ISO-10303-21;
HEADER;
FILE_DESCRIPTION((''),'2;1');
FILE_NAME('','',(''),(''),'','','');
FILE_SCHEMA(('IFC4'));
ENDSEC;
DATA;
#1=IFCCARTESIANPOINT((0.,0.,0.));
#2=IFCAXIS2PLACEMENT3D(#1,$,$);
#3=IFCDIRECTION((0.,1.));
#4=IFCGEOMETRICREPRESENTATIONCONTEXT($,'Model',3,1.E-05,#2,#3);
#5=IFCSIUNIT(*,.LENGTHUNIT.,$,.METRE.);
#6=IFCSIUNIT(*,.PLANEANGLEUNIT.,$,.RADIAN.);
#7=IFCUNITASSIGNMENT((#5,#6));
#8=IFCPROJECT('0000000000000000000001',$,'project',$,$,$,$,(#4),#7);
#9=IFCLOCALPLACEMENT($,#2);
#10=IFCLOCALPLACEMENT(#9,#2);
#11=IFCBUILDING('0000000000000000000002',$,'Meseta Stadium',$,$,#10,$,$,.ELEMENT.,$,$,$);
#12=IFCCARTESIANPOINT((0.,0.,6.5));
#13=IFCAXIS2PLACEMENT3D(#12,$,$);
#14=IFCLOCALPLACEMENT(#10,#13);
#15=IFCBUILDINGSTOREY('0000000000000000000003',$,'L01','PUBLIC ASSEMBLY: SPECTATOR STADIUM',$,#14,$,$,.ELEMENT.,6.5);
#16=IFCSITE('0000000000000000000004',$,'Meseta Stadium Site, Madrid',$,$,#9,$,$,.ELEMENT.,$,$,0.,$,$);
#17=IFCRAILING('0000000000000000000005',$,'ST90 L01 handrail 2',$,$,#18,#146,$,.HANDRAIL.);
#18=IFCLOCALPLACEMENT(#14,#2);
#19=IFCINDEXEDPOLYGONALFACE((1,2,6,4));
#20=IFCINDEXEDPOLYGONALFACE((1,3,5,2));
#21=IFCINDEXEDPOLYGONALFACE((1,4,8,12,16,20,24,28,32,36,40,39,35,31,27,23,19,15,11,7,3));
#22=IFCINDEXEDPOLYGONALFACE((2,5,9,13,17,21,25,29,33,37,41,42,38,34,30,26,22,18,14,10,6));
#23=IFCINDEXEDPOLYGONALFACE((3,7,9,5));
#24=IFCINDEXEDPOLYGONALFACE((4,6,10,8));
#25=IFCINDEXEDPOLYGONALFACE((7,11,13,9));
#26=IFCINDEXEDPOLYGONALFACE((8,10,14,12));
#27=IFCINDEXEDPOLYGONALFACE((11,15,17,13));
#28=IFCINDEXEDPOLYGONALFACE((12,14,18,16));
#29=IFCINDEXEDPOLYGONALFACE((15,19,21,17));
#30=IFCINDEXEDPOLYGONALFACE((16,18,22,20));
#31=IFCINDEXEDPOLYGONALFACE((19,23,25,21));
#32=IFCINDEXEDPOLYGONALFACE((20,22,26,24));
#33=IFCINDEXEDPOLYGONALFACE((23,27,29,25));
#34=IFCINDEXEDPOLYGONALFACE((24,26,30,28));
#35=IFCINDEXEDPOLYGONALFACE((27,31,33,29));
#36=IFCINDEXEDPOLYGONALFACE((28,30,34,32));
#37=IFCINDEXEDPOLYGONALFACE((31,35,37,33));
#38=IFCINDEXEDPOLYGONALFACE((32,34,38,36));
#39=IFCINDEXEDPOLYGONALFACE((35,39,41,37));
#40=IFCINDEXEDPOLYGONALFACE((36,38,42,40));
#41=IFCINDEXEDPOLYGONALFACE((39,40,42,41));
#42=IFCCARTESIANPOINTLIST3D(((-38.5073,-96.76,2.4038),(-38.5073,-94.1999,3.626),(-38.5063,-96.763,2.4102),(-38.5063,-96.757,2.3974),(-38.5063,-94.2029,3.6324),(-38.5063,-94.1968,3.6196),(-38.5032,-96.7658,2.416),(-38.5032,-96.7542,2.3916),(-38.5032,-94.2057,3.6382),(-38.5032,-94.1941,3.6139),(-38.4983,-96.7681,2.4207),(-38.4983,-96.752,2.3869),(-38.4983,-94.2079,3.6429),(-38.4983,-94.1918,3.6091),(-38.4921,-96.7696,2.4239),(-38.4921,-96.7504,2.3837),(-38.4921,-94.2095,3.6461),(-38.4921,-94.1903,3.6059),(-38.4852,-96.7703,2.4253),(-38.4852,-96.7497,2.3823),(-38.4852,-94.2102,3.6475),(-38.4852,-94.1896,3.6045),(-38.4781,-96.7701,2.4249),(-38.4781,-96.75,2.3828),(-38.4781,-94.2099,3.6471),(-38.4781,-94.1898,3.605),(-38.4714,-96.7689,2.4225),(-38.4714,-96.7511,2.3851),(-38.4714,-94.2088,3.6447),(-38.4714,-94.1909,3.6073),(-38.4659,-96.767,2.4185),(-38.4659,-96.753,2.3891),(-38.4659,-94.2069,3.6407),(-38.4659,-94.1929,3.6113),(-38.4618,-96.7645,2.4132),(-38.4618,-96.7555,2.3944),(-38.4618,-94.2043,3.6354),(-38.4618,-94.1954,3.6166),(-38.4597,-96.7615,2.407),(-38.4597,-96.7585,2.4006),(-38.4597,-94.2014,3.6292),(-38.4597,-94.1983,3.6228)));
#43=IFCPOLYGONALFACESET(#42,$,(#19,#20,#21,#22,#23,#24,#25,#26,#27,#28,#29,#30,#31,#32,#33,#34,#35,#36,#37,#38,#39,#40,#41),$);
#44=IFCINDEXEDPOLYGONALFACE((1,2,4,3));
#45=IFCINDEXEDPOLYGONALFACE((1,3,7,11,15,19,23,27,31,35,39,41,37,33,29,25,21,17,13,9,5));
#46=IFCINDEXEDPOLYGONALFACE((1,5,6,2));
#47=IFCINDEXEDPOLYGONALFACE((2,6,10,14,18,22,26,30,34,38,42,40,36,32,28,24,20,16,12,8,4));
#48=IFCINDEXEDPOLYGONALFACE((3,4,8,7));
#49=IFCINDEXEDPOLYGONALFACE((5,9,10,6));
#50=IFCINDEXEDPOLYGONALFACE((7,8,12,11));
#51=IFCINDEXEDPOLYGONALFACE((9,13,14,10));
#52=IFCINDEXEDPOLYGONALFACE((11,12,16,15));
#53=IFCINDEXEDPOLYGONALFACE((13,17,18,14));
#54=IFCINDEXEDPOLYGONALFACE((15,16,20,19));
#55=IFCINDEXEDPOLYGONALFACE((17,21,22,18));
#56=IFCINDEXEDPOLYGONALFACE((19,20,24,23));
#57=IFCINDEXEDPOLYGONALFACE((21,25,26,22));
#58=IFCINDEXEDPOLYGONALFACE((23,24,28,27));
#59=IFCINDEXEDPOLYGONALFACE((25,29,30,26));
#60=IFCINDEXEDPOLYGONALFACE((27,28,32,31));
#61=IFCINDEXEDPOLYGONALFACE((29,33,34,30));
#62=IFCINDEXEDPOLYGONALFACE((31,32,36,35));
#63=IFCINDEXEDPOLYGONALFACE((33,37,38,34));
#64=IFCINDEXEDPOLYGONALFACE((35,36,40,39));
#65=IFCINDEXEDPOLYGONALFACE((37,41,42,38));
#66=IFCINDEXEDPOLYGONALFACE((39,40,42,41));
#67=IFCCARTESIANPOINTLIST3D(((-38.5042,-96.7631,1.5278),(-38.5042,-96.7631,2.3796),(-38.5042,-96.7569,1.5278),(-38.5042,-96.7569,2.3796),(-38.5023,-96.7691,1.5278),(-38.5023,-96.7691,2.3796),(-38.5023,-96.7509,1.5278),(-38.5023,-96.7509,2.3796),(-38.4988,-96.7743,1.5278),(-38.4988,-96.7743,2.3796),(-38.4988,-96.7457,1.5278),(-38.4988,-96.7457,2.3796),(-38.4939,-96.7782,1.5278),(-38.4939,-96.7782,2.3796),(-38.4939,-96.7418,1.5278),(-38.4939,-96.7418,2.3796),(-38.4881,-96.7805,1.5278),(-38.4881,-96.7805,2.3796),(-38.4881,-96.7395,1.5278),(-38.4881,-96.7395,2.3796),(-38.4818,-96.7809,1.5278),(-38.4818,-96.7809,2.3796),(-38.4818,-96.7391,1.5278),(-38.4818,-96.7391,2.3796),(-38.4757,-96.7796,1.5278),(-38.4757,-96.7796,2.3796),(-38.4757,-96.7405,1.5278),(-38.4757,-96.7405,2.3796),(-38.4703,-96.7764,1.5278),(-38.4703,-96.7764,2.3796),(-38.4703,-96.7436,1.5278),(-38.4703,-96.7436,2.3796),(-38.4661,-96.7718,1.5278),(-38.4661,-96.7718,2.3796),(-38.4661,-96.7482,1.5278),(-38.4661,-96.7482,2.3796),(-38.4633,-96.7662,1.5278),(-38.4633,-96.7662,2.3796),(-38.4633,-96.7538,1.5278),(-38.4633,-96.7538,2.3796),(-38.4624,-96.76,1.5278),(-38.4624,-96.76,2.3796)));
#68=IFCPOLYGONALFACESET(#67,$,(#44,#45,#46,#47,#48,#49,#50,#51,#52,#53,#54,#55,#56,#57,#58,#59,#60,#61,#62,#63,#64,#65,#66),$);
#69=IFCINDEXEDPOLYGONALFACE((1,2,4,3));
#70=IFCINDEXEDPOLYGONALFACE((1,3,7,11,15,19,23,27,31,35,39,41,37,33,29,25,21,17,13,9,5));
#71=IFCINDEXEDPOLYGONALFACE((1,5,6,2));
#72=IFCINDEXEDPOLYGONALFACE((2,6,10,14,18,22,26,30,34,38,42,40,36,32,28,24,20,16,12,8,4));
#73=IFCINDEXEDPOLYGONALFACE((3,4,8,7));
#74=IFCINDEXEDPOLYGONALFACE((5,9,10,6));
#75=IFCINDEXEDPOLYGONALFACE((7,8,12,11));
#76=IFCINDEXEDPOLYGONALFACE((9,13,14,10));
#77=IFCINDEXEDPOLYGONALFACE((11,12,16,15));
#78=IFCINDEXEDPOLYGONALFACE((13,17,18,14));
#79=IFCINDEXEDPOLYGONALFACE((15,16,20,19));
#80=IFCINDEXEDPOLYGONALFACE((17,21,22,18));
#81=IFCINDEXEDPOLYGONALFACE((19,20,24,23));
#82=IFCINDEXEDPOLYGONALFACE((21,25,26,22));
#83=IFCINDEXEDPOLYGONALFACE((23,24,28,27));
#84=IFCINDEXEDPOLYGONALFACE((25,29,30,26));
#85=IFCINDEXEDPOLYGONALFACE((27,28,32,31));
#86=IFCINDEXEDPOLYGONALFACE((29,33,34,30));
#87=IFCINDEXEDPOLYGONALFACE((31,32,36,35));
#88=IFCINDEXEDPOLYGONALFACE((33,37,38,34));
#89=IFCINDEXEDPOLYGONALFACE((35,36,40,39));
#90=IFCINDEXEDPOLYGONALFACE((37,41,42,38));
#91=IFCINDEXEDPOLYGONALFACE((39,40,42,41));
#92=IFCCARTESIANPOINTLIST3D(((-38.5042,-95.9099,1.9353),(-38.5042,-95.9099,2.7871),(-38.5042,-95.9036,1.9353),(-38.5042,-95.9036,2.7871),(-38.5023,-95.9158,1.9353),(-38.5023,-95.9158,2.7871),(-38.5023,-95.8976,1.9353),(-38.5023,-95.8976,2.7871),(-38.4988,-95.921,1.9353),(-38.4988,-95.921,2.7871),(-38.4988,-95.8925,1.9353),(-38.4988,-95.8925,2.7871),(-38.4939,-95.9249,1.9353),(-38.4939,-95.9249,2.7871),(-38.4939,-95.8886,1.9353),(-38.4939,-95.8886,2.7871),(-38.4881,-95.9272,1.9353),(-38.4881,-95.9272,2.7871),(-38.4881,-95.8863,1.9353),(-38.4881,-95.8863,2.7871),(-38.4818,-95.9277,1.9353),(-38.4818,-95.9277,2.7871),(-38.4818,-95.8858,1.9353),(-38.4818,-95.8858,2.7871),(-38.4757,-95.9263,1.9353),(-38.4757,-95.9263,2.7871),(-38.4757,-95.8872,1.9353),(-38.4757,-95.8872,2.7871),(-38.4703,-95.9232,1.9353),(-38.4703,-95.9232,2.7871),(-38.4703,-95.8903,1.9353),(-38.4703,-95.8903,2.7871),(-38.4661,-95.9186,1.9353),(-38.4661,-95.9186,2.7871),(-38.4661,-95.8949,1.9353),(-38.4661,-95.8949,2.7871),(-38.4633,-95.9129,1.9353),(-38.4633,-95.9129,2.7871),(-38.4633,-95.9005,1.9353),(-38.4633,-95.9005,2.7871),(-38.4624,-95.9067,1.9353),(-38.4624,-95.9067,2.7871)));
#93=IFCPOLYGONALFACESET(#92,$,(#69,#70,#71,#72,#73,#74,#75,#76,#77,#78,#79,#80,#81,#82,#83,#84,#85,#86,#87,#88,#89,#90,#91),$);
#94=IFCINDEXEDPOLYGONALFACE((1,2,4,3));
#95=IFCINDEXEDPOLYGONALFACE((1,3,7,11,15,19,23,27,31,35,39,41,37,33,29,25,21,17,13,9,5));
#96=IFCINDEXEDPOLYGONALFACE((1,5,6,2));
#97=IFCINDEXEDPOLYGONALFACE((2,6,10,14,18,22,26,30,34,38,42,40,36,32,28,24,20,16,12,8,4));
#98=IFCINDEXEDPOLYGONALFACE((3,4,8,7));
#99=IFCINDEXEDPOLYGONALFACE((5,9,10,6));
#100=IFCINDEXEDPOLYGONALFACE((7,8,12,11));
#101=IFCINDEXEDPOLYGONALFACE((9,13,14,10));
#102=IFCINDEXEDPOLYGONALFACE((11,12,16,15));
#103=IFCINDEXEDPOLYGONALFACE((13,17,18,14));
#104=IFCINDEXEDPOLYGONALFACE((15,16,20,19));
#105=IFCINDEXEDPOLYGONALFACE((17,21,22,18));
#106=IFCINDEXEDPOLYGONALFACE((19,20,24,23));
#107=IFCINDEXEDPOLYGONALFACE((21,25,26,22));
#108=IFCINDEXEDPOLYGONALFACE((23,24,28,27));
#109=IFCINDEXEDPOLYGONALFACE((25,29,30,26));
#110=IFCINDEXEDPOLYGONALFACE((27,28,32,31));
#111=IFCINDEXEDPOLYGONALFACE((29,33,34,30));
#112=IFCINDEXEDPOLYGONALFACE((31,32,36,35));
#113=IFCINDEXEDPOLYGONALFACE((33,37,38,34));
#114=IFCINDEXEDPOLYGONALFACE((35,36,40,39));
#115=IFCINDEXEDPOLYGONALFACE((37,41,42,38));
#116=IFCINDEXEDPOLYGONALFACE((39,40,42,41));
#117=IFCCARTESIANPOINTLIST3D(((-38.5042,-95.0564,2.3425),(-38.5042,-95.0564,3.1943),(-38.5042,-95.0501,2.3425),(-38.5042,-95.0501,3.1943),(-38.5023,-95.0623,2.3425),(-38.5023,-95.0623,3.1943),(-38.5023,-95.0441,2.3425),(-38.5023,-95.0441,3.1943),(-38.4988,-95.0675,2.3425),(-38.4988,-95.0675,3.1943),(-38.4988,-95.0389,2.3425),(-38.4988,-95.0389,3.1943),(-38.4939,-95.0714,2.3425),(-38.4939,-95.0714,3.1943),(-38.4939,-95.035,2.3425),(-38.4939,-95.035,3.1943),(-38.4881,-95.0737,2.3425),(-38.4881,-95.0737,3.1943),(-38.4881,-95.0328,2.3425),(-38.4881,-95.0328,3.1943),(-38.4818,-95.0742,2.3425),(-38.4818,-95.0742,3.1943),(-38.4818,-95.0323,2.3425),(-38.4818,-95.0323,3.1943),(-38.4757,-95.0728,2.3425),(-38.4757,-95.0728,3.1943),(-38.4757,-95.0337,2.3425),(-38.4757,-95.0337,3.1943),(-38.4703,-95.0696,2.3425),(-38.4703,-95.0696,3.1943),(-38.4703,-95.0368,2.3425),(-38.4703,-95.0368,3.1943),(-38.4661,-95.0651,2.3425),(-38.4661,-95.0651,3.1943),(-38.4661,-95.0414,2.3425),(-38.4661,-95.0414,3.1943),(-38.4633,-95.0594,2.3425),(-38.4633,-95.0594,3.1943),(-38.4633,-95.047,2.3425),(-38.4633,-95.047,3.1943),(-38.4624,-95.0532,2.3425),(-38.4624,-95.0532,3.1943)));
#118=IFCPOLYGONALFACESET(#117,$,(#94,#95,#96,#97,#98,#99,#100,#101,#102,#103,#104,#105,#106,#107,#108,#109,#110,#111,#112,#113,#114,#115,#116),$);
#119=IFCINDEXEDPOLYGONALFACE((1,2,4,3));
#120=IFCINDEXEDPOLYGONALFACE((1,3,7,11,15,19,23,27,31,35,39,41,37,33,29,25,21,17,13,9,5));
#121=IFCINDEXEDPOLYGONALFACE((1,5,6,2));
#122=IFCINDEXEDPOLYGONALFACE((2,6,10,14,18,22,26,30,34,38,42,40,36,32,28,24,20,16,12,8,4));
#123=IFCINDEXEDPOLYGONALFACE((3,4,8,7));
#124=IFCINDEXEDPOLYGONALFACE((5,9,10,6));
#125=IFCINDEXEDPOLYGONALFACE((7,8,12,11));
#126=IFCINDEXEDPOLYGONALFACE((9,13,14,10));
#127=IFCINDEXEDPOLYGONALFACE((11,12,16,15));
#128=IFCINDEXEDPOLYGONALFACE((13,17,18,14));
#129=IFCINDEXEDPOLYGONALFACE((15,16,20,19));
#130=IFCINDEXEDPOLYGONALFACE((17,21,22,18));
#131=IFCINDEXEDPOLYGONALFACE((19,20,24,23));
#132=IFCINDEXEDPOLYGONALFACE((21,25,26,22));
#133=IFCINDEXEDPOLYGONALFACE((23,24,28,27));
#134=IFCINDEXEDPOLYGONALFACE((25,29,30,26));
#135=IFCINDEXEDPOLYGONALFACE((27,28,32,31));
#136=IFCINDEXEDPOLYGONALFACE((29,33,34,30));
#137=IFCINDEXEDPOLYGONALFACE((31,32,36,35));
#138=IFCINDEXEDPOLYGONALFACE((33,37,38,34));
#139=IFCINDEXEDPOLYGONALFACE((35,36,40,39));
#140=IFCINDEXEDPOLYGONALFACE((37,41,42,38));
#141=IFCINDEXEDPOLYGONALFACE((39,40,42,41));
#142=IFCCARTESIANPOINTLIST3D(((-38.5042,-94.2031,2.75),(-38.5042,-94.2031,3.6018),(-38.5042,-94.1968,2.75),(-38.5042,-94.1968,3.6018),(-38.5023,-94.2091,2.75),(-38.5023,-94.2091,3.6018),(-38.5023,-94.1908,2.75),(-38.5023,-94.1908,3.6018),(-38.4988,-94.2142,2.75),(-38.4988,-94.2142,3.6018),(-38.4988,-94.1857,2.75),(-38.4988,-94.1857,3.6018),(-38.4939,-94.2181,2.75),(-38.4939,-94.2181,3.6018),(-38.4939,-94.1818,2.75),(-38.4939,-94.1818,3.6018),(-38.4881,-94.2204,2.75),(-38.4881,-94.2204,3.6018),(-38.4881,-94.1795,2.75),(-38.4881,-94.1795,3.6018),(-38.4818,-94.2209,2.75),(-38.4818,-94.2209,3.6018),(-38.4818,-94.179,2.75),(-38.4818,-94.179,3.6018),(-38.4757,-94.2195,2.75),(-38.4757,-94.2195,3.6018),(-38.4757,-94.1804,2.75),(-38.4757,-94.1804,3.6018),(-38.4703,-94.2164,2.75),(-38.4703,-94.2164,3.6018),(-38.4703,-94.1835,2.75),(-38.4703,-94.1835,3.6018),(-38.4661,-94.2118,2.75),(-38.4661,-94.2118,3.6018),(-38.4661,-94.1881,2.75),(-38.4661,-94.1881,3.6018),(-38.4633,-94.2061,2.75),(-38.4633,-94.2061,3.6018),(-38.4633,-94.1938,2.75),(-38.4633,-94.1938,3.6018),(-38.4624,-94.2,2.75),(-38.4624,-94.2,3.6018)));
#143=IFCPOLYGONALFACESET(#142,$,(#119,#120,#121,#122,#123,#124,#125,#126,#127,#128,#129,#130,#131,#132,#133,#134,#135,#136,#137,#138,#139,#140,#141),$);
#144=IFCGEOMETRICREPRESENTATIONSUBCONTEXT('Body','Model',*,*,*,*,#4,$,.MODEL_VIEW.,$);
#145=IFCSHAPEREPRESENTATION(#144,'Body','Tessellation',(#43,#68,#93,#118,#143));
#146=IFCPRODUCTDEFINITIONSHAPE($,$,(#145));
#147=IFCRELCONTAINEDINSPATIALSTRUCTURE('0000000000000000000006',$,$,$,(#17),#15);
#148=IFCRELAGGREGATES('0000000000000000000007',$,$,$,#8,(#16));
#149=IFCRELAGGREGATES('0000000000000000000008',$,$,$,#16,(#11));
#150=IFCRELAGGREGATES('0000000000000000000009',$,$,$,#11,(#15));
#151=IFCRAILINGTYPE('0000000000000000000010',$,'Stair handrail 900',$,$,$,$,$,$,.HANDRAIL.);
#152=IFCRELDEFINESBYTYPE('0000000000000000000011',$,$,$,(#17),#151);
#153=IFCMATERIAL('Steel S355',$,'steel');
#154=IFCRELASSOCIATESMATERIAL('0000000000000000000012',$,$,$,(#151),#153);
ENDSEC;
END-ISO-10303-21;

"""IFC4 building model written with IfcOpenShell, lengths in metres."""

from ifc_helpers import new_model, si_unit, direction, frame, origin, origin_2d, place, context, subcontext, project, spatial, circle, extrude, material, type_object, element, save


model = new_model("IFC4")

# Units and contexts
model_context = context("Model", 3, precision=1e-05, world=origin(), true_north=direction((0.0, 1.0)))
body_context = subcontext(model_context, "Body", "Model", "MODEL_VIEW")
ifc_project = project(units=[si_unit("LENGTHUNIT", "METRE"), si_unit("PLANEANGLEUNIT", "RADIAN")], contexts=[model_context])

# Site, building, storey
site_placement = place(None, origin())
site = spatial("IfcSite", under=ifc_project, at=site_placement, Name="Meseta Stadium Site, Madrid", CompositionType="ELEMENT", RefElevation=0.0)
building_placement = place(site_placement, origin())
building = spatial("IfcBuilding", under=site, at=building_placement, Name="Meseta Stadium", CompositionType="ELEMENT")
storey_placement = place(building_placement, frame((0.0, 0.0, 6.5)))
storey = spatial("IfcBuildingStorey", under=building, at=storey_placement, Name="L01", Description="PUBLIC ASSEMBLY: SPECTATOR STADIUM", CompositionType="ELEMENT", Elevation=6.5)

# Railing
ifc_material_1 = material(Name="Steel S355", Category="steel")
railing_type_1 = type_object("IfcRailingType", Name="Stair handrail 900", PredefinedType="HANDRAIL", material=ifc_material_1)
railing_1_placement = place(storey_placement, frame((-38.4834, -96.76, 1.5278)))
element("IfcRailing", 1, at=railing_1_placement, inside=storey, type_object=railing_type_1, Name="ST90 L01 handrail 2", PredefinedType="HANDRAIL", context=body_context, shape_type="SweptSolid", body=[
    extrude(circle(Radius=0.0239, at=origin_2d()), frame((0.0, 0.0, 0.876), z_axis=(0.0, 0.902437, 0.430822), x_axis=(-1.0, 0.0, 0.0)), (0.0, 0.0, 1.0), 2.8369),
    extrude(circle(Radius=0.021, at=origin_2d()), origin(), (0.0, 0.0, 1.0), 0.8518),
    extrude(circle(Radius=0.021, at=origin_2d()), frame((0.0, 0.8533, 0.4075)), (0.0, 0.0, 1.0), 0.8518),
    extrude(circle(Radius=0.021, at=origin_2d()), frame((0.0, 1.7068, 0.8147)), (0.0, 0.0, 1.0), 0.8518),
    extrude(circle(Radius=0.021, at=origin_2d()), frame((0.0, 2.5601, 1.2222)), (0.0, 0.0, 1.0), 0.8518),
])

save(model, "model.ifc")
